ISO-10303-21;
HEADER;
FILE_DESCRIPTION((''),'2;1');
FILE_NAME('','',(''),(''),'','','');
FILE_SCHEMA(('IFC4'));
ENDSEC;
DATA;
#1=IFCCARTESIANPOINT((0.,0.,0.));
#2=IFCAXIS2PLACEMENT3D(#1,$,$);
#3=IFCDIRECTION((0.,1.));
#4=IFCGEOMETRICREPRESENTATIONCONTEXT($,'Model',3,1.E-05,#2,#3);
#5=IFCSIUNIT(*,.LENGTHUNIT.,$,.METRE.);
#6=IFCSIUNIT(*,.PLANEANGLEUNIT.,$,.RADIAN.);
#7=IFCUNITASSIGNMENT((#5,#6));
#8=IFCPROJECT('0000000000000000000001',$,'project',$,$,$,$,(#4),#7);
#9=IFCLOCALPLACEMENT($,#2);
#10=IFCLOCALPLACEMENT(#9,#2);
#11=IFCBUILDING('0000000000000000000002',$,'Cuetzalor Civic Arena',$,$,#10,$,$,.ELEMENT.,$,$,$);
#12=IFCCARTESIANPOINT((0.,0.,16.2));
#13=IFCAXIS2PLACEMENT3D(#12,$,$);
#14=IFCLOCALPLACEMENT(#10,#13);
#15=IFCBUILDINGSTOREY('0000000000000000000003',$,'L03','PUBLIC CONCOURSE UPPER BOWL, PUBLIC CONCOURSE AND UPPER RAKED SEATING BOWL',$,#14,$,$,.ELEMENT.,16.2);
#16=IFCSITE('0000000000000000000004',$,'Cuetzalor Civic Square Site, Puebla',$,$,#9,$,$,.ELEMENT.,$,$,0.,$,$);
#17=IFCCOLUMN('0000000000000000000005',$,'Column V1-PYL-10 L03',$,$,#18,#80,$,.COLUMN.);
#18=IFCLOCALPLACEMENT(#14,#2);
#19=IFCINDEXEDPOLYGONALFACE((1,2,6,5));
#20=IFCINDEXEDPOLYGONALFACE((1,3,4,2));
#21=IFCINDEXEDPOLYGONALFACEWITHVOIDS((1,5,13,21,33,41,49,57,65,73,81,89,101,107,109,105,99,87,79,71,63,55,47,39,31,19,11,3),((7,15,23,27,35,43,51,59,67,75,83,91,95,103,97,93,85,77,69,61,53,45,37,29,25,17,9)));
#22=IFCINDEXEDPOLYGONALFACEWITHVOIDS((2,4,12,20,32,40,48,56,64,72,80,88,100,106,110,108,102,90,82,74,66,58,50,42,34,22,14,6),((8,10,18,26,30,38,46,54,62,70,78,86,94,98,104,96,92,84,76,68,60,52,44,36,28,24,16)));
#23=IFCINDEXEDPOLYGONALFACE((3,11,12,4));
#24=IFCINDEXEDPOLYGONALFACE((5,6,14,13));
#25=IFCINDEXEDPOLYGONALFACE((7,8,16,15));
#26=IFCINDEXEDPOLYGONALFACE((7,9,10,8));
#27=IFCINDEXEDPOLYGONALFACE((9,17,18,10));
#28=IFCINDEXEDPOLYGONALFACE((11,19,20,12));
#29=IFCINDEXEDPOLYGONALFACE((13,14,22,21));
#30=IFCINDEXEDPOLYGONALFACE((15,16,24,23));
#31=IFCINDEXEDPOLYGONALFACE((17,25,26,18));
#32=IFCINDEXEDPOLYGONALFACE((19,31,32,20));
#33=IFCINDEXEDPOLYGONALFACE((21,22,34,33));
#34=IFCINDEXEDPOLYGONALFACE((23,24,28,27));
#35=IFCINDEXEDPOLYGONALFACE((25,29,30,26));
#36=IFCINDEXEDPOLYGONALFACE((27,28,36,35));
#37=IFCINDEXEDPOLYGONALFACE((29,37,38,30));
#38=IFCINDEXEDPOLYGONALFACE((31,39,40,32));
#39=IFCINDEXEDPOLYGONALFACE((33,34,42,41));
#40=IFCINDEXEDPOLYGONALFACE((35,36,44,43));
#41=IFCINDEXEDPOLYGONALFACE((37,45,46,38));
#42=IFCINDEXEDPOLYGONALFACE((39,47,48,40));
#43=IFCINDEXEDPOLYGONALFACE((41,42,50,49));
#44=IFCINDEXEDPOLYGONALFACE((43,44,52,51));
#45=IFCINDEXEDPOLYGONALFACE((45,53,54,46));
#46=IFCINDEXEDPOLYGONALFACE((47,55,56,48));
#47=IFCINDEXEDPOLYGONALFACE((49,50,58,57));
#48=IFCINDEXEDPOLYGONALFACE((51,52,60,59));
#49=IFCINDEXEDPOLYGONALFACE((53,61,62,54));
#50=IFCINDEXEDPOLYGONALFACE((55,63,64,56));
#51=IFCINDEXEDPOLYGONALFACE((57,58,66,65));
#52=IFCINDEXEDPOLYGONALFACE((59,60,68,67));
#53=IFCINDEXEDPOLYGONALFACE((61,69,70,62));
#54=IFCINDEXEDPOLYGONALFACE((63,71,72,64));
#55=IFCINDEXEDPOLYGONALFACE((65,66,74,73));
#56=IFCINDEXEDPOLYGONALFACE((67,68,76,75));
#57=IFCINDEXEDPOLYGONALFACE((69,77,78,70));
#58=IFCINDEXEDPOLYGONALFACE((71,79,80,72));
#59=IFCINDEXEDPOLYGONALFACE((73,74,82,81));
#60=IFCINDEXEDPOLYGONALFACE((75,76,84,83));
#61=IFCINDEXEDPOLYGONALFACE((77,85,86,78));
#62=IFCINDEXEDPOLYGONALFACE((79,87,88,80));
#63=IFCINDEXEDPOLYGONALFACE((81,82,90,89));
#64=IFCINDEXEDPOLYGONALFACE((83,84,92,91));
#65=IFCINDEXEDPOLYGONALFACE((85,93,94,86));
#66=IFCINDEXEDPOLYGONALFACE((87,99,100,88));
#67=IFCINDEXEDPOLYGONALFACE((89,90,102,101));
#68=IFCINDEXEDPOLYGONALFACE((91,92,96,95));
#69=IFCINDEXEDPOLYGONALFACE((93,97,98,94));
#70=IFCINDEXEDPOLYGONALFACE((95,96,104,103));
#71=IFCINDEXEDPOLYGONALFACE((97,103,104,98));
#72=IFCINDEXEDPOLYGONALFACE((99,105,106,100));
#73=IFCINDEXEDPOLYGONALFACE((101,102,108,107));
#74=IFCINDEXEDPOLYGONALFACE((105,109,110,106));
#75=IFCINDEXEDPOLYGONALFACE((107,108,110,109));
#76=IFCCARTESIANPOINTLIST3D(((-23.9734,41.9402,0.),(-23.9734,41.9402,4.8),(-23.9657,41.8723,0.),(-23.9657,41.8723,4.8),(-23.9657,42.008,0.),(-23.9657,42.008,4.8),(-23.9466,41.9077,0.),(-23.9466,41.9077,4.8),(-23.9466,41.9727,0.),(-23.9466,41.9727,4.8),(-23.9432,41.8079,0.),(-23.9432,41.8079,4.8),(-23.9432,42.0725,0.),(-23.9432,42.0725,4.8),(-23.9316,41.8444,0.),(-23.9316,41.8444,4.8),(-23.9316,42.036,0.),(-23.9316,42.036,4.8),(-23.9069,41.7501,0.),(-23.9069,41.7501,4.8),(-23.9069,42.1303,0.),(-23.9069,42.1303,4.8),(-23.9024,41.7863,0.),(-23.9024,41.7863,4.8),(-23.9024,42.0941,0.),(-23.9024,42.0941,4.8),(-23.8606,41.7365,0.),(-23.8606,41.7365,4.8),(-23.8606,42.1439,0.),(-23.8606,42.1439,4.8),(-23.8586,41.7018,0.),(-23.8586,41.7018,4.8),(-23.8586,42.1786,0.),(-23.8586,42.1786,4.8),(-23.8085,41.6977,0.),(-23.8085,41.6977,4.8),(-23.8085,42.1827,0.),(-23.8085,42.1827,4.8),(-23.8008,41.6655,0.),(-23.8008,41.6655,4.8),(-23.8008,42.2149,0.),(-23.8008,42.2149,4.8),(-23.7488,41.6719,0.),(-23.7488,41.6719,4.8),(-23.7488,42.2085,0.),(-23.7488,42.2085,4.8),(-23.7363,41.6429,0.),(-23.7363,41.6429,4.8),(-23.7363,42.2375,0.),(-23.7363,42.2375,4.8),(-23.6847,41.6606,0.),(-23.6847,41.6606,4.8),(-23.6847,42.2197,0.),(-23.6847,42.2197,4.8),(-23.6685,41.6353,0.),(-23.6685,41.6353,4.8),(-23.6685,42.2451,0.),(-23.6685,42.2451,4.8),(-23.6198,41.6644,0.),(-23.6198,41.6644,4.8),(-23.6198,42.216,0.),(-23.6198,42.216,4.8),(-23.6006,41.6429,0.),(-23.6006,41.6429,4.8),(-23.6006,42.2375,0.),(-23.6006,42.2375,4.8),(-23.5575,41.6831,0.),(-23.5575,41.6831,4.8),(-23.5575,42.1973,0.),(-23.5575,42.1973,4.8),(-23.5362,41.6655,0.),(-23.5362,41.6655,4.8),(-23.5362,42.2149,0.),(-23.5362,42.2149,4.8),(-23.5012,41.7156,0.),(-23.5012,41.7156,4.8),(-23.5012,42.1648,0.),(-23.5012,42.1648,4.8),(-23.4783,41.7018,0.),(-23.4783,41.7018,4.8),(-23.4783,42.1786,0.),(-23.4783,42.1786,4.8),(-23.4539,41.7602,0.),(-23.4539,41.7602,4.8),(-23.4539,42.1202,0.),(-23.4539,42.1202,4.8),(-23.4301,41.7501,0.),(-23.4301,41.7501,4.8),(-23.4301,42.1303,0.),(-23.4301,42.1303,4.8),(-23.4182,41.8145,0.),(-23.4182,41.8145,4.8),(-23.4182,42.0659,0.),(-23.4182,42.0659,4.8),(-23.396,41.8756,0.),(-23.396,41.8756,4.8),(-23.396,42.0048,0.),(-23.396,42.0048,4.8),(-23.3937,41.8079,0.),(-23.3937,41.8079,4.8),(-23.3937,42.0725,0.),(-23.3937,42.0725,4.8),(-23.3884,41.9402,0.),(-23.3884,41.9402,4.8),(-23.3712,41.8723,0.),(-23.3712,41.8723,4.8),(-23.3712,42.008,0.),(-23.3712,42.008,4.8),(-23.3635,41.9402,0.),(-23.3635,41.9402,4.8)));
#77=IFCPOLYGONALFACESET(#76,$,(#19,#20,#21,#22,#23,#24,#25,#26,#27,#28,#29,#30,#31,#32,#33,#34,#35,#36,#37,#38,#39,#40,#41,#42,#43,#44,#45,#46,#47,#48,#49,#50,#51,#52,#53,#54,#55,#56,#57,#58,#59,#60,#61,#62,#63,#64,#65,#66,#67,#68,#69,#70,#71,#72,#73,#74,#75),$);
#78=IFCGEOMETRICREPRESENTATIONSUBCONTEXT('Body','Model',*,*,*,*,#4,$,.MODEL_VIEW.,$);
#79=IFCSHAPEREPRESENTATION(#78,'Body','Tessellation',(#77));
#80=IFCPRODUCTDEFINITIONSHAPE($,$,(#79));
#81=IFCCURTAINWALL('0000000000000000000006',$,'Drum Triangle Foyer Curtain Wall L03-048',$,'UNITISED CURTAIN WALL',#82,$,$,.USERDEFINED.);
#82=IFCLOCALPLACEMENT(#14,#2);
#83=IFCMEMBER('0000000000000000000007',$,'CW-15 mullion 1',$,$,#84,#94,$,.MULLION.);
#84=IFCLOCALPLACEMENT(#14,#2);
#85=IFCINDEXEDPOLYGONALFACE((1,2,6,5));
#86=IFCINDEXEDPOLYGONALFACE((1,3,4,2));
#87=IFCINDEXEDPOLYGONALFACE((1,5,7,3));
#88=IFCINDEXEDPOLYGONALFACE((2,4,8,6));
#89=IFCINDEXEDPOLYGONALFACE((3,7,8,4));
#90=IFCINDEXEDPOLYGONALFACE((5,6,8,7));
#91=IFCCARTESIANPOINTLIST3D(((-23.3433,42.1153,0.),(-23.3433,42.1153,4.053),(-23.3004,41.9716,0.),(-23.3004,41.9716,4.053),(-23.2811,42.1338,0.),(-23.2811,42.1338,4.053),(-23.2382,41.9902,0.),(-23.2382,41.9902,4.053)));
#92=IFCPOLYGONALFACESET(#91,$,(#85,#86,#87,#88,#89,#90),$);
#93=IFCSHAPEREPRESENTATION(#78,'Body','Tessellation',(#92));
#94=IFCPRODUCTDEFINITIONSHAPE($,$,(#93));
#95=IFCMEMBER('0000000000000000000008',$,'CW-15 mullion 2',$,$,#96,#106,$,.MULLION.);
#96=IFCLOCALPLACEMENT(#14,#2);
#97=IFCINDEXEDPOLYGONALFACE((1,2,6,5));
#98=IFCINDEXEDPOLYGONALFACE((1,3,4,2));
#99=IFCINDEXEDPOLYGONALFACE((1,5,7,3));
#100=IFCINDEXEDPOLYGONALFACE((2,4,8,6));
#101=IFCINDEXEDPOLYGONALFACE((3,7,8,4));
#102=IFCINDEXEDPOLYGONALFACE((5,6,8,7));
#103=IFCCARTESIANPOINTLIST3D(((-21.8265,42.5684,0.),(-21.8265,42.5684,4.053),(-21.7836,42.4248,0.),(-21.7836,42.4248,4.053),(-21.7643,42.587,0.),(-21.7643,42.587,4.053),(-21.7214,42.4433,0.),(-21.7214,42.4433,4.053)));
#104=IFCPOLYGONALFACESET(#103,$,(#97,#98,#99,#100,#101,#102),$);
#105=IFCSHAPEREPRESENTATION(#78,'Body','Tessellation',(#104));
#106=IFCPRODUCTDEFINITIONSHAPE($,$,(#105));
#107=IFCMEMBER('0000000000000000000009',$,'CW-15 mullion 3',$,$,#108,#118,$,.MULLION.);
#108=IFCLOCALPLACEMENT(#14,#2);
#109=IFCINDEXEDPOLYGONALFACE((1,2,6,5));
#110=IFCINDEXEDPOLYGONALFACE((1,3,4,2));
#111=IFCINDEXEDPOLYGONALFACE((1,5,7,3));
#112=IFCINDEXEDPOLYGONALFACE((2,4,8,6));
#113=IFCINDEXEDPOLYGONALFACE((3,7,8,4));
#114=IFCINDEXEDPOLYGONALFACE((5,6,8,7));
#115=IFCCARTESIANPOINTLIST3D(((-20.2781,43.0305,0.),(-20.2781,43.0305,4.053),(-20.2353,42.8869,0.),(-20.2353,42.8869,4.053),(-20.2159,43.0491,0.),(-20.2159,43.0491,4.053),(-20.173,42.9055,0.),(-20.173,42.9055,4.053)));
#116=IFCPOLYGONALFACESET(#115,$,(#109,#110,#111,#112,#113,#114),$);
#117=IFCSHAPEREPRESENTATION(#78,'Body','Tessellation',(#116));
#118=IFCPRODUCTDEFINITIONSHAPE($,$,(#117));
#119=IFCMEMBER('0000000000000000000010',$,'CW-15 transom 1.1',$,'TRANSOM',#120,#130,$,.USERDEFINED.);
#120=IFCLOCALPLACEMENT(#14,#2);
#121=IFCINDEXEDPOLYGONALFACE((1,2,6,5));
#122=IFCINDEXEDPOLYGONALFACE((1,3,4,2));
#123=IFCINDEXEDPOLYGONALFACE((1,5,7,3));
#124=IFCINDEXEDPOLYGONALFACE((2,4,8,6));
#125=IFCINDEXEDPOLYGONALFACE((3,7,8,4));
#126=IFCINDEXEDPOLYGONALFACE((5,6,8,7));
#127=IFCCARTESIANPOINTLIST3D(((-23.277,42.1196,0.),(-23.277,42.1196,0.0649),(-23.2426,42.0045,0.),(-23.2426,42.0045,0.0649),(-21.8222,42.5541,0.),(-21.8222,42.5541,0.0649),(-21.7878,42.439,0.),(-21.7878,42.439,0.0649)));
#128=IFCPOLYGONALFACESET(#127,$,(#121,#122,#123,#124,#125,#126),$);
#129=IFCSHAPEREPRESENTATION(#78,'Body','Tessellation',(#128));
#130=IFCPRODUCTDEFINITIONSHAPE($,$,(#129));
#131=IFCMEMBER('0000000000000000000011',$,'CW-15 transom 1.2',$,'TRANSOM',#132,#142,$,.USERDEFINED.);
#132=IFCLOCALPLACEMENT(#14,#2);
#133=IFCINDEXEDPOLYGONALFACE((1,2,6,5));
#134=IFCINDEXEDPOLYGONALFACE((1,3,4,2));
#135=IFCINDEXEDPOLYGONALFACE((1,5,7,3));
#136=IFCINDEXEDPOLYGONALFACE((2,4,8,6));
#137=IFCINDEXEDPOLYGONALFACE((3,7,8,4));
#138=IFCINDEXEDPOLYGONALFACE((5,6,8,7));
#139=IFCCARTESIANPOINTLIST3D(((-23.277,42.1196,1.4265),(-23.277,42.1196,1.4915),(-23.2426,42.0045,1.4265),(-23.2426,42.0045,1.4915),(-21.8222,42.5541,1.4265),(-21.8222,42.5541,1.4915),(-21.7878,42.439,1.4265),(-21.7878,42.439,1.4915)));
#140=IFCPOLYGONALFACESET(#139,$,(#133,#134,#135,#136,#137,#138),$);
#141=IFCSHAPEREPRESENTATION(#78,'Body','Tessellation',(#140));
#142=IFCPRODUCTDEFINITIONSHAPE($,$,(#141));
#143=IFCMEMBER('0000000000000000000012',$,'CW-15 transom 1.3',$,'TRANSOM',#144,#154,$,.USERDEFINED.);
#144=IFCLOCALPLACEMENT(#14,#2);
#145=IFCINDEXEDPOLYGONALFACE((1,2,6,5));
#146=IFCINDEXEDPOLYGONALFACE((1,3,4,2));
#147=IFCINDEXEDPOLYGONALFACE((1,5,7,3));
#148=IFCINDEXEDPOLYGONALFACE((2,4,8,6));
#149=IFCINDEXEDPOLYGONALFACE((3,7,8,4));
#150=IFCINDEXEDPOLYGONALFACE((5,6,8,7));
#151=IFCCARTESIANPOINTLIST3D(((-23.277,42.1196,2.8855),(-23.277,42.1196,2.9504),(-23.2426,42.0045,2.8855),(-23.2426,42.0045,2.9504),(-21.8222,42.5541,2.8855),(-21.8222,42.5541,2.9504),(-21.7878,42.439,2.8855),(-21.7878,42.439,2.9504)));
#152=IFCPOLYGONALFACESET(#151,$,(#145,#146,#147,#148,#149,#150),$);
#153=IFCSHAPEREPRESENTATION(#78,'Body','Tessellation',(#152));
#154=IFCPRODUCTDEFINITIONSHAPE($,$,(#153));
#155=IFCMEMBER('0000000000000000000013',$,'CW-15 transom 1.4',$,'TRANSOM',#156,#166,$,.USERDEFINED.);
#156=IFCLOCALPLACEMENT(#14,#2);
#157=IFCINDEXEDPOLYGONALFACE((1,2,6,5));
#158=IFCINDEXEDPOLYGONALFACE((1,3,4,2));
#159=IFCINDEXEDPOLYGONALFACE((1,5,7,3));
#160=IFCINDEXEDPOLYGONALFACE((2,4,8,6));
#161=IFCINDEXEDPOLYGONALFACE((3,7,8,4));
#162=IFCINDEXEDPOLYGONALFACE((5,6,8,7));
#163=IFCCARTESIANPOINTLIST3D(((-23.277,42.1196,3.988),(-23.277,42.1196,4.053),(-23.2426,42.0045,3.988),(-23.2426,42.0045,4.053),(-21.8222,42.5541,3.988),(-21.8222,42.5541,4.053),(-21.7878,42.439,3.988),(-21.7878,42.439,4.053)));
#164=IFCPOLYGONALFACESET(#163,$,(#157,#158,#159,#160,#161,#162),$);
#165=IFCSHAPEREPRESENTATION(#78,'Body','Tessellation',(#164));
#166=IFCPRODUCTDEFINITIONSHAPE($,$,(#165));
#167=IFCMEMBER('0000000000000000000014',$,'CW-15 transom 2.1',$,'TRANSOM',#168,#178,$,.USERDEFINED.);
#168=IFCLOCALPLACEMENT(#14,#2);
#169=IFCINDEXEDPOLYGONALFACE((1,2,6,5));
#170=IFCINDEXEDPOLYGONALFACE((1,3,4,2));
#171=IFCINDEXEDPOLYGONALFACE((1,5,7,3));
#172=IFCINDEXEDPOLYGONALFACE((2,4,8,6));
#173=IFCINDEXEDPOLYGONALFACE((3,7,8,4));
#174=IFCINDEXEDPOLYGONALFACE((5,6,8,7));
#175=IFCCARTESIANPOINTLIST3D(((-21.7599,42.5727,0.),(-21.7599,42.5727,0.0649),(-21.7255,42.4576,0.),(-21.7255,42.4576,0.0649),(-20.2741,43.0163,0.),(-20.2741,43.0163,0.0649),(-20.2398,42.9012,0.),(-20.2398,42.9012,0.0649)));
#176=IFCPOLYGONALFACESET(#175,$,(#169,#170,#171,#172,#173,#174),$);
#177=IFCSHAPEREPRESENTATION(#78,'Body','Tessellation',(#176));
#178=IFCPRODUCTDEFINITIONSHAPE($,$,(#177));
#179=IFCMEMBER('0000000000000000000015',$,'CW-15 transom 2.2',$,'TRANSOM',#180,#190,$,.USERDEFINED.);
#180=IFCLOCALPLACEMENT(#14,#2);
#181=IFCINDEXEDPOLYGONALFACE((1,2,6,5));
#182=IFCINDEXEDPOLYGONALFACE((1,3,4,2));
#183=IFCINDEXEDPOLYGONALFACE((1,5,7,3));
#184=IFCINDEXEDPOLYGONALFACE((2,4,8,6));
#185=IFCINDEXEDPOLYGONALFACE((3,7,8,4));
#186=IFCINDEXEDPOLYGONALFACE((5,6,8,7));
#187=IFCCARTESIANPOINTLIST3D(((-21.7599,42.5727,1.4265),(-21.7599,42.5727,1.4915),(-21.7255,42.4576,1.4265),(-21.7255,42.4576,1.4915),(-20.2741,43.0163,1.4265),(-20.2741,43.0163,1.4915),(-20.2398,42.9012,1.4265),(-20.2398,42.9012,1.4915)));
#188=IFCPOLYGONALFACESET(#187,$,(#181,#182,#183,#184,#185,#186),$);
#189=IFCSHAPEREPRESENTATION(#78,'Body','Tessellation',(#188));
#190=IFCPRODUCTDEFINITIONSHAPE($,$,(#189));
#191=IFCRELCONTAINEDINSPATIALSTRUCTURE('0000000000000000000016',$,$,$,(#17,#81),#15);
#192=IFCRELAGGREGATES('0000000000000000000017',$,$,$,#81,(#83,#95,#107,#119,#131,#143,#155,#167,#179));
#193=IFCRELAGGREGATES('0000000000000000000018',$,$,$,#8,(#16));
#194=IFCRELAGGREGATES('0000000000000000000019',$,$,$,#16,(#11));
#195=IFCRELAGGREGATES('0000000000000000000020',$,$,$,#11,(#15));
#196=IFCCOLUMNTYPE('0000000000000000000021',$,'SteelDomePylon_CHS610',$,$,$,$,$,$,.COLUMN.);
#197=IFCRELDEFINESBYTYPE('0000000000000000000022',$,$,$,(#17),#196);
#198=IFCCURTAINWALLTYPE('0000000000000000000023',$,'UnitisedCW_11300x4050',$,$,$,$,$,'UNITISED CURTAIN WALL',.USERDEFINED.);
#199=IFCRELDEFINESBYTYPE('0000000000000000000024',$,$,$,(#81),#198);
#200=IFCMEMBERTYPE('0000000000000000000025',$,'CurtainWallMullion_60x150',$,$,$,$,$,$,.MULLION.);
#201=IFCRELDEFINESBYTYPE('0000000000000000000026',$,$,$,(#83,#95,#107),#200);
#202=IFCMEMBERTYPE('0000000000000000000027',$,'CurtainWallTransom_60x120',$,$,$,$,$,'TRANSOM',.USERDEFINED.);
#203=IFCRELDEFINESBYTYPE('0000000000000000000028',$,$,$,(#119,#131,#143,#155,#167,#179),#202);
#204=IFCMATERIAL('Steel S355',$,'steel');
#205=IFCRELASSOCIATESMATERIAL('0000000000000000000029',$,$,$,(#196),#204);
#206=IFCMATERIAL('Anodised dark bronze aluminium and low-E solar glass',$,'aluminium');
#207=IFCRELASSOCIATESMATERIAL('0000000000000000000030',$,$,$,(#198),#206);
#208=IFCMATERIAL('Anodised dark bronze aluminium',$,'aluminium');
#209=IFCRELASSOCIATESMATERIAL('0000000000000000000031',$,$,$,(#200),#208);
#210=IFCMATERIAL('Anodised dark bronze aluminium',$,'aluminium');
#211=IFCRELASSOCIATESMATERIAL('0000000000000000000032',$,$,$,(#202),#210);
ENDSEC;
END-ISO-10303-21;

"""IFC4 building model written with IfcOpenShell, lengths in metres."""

from ifc_helpers import new_model, si_unit, direction, frame, origin, origin_2d, place, context, subcontext, project, spatial, rectangle, hollow_circle, extrude, material, material_profile, profile_set, type_object, element, aggregate, save


model = new_model("IFC4")

# Units and contexts
model_context = context("Model", 3, precision=1e-05, world=origin(), true_north=direction((0.0, 1.0)))
body_context = subcontext(model_context, "Body", "Model", "MODEL_VIEW")
ifc_project = project(units=[si_unit("LENGTHUNIT", "METRE"), si_unit("PLANEANGLEUNIT", "RADIAN")], contexts=[model_context])

# Site, building, storey
site_placement = place(None, origin())
site = spatial("IfcSite", under=ifc_project, at=site_placement, Name="Cuetzalor Civic Square Site, Puebla", CompositionType="ELEMENT", RefElevation=0.0)
building_placement = place(site_placement, origin())
building = spatial("IfcBuilding", under=site, at=building_placement, Name="Cuetzalor Civic Arena", CompositionType="ELEMENT")
storey_placement = place(building_placement, frame((0.0, 0.0, 16.2)))
storey = spatial("IfcBuildingStorey", under=building, at=storey_placement, Name="L03", Description="PUBLIC CONCOURSE UPPER BOWL, PUBLIC CONCOURSE AND UPPER RAKED SEATING BOWL", CompositionType="ELEMENT", Elevation=16.2)

# Column
ifc_material_1 = material(Name="Steel S355", Category="steel")
ifc_material_profile_1 = material_profile(ifc_material_1, hollow_circle(Radius=0.3049, WallThickness=0.0249, at=origin_2d()), Name="CHS 610x25")
ifc_profile_set_1 = profile_set([ifc_material_profile_1], Name="Steel S355")
column_type = type_object("IfcColumnType", Name="SteelDomePylon_CHS610", PredefinedType="COLUMN", material=ifc_profile_set_1)
column_placement = place(storey_placement, frame((-23.6685, 41.9402, 0.0), z_axis=(0.0, 0.0, 1.0), x_axis=(1.0, 0.0, 0.0)))
element("IfcColumn", 1, at=column_placement, inside=storey, type_object=column_type, Name="Column V1-PYL-10 L03", PredefinedType="COLUMN", context=body_context, shape_type="SweptSolid", body=[
    extrude(hollow_circle(Radius=0.3049, WallThickness=0.0249, at=origin_2d()), origin(), (0.0, 0.0, 1.0), 4.8),
])

# Curtain wall, members
ifc_material_2 = material(Name="Anodised dark bronze aluminium and low-E solar glass", Category="aluminium")
curtain_wall_type = type_object("IfcCurtainWallType", Name="UnitisedCW_11300x4050", ElementType="UNITISED CURTAIN WALL", PredefinedType="USERDEFINED", material=ifc_material_2)
curtain_wall_placement = place(storey_placement, origin())
curtain_wall = element("IfcCurtainWall", 2, at=curtain_wall_placement, inside=storey, type_object=curtain_wall_type, Name="Drum Triangle Foyer Curtain Wall L03-048", ObjectType="UNITISED CURTAIN WALL", PredefinedType="USERDEFINED")
ifc_material_3 = material(Name="Anodised dark bronze aluminium", Category="aluminium")
ifc_material_profile_2 = material_profile(ifc_material_3, rectangle(XDim=0.0649, YDim=0.1499, at=origin_2d()), Name="ALU MULLION 65x150")
ifc_profile_set_2 = profile_set([ifc_material_profile_2], Name="Anodised dark bronze aluminium")
member_type_1 = type_object("IfcMemberType", Name="CurtainWallMullion_60x150", PredefinedType="MULLION", material=ifc_profile_set_2)
member_1_placement = place(storey_placement, frame((-23.2908, 42.0527, 0.0), z_axis=(0.0, 0.0, 1.0), x_axis=(0.958194, 0.28612, 0.0)))
member_1 = element("IfcMember", 3, at=member_1_placement, type_object=member_type_1, Name="CW-15 mullion 1", PredefinedType="MULLION", context=body_context, shape_type="SweptSolid", body=[
    extrude(rectangle(XDim=0.0649, YDim=0.1499, at=origin_2d()), origin(), (0.0, 0.0, 1.0), 4.053),
])
member_2_placement = place(storey_placement, frame((-21.7739, 42.5059, 0.0), z_axis=(0.0, 0.0, 1.0), x_axis=(0.958194, 0.28612, 0.0)))
member_2 = element("IfcMember", 4, at=member_2_placement, type_object=member_type_1, Name="CW-15 mullion 2", PredefinedType="MULLION", context=body_context, shape_type="SweptSolid", body=[
    extrude(rectangle(XDim=0.0649, YDim=0.1499, at=origin_2d()), origin(), (0.0, 0.0, 1.0), 4.053),
])
member_3_placement = place(storey_placement, frame((-20.2256, 42.968, 0.0), z_axis=(0.0, 0.0, 1.0), x_axis=(0.958194, 0.28612, 0.0)))
member_3 = element("IfcMember", 5, at=member_3_placement, type_object=member_type_1, Name="CW-15 mullion 3", PredefinedType="MULLION", context=body_context, shape_type="SweptSolid", body=[
    extrude(rectangle(XDim=0.0649, YDim=0.1499, at=origin_2d()), origin(), (0.0, 0.0, 1.0), 4.053),
])
ifc_material_4 = material(Name="Anodised dark bronze aluminium", Category="aluminium")
ifc_material_profile_3 = material_profile(ifc_material_4, rectangle(XDim=0.1201, YDim=0.0649, at=origin_2d()), Name="ALU TRANSOM 65x120")
ifc_profile_set_3 = profile_set([ifc_material_profile_3], Name="Anodised dark bronze aluminium")
member_type_2 = type_object("IfcMemberType", Name="CurtainWallTransom_60x120", ElementType="TRANSOM", PredefinedType="USERDEFINED", material=ifc_profile_set_3)
member_4_placement = place(storey_placement, frame((-23.2598, 42.062, 0.0325), z_axis=(0.958166, 0.286212, 0.0), x_axis=(-0.286212, 0.958166, 0.0)))
member_4 = element("IfcMember", 6, at=member_4_placement, type_object=member_type_2, Name="CW-15 transom 1.1", ObjectType="TRANSOM", PredefinedType="USERDEFINED", context=body_context, shape_type="SweptSolid", body=[
    extrude(rectangle(XDim=0.1201, YDim=0.0649, at=origin_2d()), origin(), (0.0, 0.0, 1.0), 1.5183),
])
member_5_placement = place(storey_placement, frame((-23.2598, 42.062, 1.459), z_axis=(0.958166, 0.286212, 0.0), x_axis=(-0.286212, 0.958166, 0.0)))
member_5 = element("IfcMember", 7, at=member_5_placement, type_object=member_type_2, Name="CW-15 transom 1.2", ObjectType="TRANSOM", PredefinedType="USERDEFINED", context=body_context, shape_type="SweptSolid", body=[
    extrude(rectangle(XDim=0.1201, YDim=0.0649, at=origin_2d()), origin(), (0.0, 0.0, 1.0), 1.5183),
])
member_6_placement = place(storey_placement, frame((-23.2598, 42.062, 2.918), z_axis=(0.958166, 0.286212, 0.0), x_axis=(-0.286212, 0.958166, 0.0)))
member_6 = element("IfcMember", 8, at=member_6_placement, type_object=member_type_2, Name="CW-15 transom 1.3", ObjectType="TRANSOM", PredefinedType="USERDEFINED", context=body_context, shape_type="SweptSolid", body=[
    extrude(rectangle(XDim=0.1201, YDim=0.0649, at=origin_2d()), origin(), (0.0, 0.0, 1.0), 1.5183),
])
member_7_placement = place(storey_placement, frame((-23.2598, 42.062, 4.0205), z_axis=(0.958166, 0.286212, 0.0), x_axis=(-0.286212, 0.958166, 0.0)))
member_7 = element("IfcMember", 9, at=member_7_placement, type_object=member_type_2, Name="CW-15 transom 1.4", ObjectType="TRANSOM", PredefinedType="USERDEFINED", context=body_context, shape_type="SweptSolid", body=[
    extrude(rectangle(XDim=0.1201, YDim=0.0649, at=origin_2d()), origin(), (0.0, 0.0, 1.0), 1.5183),
])
member_8_placement = place(storey_placement, frame((-21.7427, 42.5151, 0.0325), z_axis=(0.958207, 0.286077, 0.0), x_axis=(-0.286077, 0.958207, 0.0)))
member_8 = element("IfcMember", 10, at=member_8_placement, type_object=member_type_2, Name="CW-15 transom 2.1", ObjectType="TRANSOM", PredefinedType="USERDEFINED", context=body_context, shape_type="SweptSolid", body=[
    extrude(rectangle(XDim=0.1201, YDim=0.0649, at=origin_2d()), origin(), (0.0, 0.0, 1.0), 1.5505),
])
member_9_placement = place(storey_placement, frame((-21.7427, 42.5151, 1.459), z_axis=(0.958207, 0.286077, 0.0), x_axis=(-0.286077, 0.958207, 0.0)))
member_9 = element("IfcMember", 11, at=member_9_placement, type_object=member_type_2, Name="CW-15 transom 2.2", ObjectType="TRANSOM", PredefinedType="USERDEFINED", context=body_context, shape_type="SweptSolid", body=[
    extrude(rectangle(XDim=0.1201, YDim=0.0649, at=origin_2d()), origin(), (0.0, 0.0, 1.0), 1.5505),
])

aggregate(curtain_wall, [member_1, member_2, member_3, member_4, member_5, member_6, member_7, member_8, member_9])

save(model, "model.ifc")
